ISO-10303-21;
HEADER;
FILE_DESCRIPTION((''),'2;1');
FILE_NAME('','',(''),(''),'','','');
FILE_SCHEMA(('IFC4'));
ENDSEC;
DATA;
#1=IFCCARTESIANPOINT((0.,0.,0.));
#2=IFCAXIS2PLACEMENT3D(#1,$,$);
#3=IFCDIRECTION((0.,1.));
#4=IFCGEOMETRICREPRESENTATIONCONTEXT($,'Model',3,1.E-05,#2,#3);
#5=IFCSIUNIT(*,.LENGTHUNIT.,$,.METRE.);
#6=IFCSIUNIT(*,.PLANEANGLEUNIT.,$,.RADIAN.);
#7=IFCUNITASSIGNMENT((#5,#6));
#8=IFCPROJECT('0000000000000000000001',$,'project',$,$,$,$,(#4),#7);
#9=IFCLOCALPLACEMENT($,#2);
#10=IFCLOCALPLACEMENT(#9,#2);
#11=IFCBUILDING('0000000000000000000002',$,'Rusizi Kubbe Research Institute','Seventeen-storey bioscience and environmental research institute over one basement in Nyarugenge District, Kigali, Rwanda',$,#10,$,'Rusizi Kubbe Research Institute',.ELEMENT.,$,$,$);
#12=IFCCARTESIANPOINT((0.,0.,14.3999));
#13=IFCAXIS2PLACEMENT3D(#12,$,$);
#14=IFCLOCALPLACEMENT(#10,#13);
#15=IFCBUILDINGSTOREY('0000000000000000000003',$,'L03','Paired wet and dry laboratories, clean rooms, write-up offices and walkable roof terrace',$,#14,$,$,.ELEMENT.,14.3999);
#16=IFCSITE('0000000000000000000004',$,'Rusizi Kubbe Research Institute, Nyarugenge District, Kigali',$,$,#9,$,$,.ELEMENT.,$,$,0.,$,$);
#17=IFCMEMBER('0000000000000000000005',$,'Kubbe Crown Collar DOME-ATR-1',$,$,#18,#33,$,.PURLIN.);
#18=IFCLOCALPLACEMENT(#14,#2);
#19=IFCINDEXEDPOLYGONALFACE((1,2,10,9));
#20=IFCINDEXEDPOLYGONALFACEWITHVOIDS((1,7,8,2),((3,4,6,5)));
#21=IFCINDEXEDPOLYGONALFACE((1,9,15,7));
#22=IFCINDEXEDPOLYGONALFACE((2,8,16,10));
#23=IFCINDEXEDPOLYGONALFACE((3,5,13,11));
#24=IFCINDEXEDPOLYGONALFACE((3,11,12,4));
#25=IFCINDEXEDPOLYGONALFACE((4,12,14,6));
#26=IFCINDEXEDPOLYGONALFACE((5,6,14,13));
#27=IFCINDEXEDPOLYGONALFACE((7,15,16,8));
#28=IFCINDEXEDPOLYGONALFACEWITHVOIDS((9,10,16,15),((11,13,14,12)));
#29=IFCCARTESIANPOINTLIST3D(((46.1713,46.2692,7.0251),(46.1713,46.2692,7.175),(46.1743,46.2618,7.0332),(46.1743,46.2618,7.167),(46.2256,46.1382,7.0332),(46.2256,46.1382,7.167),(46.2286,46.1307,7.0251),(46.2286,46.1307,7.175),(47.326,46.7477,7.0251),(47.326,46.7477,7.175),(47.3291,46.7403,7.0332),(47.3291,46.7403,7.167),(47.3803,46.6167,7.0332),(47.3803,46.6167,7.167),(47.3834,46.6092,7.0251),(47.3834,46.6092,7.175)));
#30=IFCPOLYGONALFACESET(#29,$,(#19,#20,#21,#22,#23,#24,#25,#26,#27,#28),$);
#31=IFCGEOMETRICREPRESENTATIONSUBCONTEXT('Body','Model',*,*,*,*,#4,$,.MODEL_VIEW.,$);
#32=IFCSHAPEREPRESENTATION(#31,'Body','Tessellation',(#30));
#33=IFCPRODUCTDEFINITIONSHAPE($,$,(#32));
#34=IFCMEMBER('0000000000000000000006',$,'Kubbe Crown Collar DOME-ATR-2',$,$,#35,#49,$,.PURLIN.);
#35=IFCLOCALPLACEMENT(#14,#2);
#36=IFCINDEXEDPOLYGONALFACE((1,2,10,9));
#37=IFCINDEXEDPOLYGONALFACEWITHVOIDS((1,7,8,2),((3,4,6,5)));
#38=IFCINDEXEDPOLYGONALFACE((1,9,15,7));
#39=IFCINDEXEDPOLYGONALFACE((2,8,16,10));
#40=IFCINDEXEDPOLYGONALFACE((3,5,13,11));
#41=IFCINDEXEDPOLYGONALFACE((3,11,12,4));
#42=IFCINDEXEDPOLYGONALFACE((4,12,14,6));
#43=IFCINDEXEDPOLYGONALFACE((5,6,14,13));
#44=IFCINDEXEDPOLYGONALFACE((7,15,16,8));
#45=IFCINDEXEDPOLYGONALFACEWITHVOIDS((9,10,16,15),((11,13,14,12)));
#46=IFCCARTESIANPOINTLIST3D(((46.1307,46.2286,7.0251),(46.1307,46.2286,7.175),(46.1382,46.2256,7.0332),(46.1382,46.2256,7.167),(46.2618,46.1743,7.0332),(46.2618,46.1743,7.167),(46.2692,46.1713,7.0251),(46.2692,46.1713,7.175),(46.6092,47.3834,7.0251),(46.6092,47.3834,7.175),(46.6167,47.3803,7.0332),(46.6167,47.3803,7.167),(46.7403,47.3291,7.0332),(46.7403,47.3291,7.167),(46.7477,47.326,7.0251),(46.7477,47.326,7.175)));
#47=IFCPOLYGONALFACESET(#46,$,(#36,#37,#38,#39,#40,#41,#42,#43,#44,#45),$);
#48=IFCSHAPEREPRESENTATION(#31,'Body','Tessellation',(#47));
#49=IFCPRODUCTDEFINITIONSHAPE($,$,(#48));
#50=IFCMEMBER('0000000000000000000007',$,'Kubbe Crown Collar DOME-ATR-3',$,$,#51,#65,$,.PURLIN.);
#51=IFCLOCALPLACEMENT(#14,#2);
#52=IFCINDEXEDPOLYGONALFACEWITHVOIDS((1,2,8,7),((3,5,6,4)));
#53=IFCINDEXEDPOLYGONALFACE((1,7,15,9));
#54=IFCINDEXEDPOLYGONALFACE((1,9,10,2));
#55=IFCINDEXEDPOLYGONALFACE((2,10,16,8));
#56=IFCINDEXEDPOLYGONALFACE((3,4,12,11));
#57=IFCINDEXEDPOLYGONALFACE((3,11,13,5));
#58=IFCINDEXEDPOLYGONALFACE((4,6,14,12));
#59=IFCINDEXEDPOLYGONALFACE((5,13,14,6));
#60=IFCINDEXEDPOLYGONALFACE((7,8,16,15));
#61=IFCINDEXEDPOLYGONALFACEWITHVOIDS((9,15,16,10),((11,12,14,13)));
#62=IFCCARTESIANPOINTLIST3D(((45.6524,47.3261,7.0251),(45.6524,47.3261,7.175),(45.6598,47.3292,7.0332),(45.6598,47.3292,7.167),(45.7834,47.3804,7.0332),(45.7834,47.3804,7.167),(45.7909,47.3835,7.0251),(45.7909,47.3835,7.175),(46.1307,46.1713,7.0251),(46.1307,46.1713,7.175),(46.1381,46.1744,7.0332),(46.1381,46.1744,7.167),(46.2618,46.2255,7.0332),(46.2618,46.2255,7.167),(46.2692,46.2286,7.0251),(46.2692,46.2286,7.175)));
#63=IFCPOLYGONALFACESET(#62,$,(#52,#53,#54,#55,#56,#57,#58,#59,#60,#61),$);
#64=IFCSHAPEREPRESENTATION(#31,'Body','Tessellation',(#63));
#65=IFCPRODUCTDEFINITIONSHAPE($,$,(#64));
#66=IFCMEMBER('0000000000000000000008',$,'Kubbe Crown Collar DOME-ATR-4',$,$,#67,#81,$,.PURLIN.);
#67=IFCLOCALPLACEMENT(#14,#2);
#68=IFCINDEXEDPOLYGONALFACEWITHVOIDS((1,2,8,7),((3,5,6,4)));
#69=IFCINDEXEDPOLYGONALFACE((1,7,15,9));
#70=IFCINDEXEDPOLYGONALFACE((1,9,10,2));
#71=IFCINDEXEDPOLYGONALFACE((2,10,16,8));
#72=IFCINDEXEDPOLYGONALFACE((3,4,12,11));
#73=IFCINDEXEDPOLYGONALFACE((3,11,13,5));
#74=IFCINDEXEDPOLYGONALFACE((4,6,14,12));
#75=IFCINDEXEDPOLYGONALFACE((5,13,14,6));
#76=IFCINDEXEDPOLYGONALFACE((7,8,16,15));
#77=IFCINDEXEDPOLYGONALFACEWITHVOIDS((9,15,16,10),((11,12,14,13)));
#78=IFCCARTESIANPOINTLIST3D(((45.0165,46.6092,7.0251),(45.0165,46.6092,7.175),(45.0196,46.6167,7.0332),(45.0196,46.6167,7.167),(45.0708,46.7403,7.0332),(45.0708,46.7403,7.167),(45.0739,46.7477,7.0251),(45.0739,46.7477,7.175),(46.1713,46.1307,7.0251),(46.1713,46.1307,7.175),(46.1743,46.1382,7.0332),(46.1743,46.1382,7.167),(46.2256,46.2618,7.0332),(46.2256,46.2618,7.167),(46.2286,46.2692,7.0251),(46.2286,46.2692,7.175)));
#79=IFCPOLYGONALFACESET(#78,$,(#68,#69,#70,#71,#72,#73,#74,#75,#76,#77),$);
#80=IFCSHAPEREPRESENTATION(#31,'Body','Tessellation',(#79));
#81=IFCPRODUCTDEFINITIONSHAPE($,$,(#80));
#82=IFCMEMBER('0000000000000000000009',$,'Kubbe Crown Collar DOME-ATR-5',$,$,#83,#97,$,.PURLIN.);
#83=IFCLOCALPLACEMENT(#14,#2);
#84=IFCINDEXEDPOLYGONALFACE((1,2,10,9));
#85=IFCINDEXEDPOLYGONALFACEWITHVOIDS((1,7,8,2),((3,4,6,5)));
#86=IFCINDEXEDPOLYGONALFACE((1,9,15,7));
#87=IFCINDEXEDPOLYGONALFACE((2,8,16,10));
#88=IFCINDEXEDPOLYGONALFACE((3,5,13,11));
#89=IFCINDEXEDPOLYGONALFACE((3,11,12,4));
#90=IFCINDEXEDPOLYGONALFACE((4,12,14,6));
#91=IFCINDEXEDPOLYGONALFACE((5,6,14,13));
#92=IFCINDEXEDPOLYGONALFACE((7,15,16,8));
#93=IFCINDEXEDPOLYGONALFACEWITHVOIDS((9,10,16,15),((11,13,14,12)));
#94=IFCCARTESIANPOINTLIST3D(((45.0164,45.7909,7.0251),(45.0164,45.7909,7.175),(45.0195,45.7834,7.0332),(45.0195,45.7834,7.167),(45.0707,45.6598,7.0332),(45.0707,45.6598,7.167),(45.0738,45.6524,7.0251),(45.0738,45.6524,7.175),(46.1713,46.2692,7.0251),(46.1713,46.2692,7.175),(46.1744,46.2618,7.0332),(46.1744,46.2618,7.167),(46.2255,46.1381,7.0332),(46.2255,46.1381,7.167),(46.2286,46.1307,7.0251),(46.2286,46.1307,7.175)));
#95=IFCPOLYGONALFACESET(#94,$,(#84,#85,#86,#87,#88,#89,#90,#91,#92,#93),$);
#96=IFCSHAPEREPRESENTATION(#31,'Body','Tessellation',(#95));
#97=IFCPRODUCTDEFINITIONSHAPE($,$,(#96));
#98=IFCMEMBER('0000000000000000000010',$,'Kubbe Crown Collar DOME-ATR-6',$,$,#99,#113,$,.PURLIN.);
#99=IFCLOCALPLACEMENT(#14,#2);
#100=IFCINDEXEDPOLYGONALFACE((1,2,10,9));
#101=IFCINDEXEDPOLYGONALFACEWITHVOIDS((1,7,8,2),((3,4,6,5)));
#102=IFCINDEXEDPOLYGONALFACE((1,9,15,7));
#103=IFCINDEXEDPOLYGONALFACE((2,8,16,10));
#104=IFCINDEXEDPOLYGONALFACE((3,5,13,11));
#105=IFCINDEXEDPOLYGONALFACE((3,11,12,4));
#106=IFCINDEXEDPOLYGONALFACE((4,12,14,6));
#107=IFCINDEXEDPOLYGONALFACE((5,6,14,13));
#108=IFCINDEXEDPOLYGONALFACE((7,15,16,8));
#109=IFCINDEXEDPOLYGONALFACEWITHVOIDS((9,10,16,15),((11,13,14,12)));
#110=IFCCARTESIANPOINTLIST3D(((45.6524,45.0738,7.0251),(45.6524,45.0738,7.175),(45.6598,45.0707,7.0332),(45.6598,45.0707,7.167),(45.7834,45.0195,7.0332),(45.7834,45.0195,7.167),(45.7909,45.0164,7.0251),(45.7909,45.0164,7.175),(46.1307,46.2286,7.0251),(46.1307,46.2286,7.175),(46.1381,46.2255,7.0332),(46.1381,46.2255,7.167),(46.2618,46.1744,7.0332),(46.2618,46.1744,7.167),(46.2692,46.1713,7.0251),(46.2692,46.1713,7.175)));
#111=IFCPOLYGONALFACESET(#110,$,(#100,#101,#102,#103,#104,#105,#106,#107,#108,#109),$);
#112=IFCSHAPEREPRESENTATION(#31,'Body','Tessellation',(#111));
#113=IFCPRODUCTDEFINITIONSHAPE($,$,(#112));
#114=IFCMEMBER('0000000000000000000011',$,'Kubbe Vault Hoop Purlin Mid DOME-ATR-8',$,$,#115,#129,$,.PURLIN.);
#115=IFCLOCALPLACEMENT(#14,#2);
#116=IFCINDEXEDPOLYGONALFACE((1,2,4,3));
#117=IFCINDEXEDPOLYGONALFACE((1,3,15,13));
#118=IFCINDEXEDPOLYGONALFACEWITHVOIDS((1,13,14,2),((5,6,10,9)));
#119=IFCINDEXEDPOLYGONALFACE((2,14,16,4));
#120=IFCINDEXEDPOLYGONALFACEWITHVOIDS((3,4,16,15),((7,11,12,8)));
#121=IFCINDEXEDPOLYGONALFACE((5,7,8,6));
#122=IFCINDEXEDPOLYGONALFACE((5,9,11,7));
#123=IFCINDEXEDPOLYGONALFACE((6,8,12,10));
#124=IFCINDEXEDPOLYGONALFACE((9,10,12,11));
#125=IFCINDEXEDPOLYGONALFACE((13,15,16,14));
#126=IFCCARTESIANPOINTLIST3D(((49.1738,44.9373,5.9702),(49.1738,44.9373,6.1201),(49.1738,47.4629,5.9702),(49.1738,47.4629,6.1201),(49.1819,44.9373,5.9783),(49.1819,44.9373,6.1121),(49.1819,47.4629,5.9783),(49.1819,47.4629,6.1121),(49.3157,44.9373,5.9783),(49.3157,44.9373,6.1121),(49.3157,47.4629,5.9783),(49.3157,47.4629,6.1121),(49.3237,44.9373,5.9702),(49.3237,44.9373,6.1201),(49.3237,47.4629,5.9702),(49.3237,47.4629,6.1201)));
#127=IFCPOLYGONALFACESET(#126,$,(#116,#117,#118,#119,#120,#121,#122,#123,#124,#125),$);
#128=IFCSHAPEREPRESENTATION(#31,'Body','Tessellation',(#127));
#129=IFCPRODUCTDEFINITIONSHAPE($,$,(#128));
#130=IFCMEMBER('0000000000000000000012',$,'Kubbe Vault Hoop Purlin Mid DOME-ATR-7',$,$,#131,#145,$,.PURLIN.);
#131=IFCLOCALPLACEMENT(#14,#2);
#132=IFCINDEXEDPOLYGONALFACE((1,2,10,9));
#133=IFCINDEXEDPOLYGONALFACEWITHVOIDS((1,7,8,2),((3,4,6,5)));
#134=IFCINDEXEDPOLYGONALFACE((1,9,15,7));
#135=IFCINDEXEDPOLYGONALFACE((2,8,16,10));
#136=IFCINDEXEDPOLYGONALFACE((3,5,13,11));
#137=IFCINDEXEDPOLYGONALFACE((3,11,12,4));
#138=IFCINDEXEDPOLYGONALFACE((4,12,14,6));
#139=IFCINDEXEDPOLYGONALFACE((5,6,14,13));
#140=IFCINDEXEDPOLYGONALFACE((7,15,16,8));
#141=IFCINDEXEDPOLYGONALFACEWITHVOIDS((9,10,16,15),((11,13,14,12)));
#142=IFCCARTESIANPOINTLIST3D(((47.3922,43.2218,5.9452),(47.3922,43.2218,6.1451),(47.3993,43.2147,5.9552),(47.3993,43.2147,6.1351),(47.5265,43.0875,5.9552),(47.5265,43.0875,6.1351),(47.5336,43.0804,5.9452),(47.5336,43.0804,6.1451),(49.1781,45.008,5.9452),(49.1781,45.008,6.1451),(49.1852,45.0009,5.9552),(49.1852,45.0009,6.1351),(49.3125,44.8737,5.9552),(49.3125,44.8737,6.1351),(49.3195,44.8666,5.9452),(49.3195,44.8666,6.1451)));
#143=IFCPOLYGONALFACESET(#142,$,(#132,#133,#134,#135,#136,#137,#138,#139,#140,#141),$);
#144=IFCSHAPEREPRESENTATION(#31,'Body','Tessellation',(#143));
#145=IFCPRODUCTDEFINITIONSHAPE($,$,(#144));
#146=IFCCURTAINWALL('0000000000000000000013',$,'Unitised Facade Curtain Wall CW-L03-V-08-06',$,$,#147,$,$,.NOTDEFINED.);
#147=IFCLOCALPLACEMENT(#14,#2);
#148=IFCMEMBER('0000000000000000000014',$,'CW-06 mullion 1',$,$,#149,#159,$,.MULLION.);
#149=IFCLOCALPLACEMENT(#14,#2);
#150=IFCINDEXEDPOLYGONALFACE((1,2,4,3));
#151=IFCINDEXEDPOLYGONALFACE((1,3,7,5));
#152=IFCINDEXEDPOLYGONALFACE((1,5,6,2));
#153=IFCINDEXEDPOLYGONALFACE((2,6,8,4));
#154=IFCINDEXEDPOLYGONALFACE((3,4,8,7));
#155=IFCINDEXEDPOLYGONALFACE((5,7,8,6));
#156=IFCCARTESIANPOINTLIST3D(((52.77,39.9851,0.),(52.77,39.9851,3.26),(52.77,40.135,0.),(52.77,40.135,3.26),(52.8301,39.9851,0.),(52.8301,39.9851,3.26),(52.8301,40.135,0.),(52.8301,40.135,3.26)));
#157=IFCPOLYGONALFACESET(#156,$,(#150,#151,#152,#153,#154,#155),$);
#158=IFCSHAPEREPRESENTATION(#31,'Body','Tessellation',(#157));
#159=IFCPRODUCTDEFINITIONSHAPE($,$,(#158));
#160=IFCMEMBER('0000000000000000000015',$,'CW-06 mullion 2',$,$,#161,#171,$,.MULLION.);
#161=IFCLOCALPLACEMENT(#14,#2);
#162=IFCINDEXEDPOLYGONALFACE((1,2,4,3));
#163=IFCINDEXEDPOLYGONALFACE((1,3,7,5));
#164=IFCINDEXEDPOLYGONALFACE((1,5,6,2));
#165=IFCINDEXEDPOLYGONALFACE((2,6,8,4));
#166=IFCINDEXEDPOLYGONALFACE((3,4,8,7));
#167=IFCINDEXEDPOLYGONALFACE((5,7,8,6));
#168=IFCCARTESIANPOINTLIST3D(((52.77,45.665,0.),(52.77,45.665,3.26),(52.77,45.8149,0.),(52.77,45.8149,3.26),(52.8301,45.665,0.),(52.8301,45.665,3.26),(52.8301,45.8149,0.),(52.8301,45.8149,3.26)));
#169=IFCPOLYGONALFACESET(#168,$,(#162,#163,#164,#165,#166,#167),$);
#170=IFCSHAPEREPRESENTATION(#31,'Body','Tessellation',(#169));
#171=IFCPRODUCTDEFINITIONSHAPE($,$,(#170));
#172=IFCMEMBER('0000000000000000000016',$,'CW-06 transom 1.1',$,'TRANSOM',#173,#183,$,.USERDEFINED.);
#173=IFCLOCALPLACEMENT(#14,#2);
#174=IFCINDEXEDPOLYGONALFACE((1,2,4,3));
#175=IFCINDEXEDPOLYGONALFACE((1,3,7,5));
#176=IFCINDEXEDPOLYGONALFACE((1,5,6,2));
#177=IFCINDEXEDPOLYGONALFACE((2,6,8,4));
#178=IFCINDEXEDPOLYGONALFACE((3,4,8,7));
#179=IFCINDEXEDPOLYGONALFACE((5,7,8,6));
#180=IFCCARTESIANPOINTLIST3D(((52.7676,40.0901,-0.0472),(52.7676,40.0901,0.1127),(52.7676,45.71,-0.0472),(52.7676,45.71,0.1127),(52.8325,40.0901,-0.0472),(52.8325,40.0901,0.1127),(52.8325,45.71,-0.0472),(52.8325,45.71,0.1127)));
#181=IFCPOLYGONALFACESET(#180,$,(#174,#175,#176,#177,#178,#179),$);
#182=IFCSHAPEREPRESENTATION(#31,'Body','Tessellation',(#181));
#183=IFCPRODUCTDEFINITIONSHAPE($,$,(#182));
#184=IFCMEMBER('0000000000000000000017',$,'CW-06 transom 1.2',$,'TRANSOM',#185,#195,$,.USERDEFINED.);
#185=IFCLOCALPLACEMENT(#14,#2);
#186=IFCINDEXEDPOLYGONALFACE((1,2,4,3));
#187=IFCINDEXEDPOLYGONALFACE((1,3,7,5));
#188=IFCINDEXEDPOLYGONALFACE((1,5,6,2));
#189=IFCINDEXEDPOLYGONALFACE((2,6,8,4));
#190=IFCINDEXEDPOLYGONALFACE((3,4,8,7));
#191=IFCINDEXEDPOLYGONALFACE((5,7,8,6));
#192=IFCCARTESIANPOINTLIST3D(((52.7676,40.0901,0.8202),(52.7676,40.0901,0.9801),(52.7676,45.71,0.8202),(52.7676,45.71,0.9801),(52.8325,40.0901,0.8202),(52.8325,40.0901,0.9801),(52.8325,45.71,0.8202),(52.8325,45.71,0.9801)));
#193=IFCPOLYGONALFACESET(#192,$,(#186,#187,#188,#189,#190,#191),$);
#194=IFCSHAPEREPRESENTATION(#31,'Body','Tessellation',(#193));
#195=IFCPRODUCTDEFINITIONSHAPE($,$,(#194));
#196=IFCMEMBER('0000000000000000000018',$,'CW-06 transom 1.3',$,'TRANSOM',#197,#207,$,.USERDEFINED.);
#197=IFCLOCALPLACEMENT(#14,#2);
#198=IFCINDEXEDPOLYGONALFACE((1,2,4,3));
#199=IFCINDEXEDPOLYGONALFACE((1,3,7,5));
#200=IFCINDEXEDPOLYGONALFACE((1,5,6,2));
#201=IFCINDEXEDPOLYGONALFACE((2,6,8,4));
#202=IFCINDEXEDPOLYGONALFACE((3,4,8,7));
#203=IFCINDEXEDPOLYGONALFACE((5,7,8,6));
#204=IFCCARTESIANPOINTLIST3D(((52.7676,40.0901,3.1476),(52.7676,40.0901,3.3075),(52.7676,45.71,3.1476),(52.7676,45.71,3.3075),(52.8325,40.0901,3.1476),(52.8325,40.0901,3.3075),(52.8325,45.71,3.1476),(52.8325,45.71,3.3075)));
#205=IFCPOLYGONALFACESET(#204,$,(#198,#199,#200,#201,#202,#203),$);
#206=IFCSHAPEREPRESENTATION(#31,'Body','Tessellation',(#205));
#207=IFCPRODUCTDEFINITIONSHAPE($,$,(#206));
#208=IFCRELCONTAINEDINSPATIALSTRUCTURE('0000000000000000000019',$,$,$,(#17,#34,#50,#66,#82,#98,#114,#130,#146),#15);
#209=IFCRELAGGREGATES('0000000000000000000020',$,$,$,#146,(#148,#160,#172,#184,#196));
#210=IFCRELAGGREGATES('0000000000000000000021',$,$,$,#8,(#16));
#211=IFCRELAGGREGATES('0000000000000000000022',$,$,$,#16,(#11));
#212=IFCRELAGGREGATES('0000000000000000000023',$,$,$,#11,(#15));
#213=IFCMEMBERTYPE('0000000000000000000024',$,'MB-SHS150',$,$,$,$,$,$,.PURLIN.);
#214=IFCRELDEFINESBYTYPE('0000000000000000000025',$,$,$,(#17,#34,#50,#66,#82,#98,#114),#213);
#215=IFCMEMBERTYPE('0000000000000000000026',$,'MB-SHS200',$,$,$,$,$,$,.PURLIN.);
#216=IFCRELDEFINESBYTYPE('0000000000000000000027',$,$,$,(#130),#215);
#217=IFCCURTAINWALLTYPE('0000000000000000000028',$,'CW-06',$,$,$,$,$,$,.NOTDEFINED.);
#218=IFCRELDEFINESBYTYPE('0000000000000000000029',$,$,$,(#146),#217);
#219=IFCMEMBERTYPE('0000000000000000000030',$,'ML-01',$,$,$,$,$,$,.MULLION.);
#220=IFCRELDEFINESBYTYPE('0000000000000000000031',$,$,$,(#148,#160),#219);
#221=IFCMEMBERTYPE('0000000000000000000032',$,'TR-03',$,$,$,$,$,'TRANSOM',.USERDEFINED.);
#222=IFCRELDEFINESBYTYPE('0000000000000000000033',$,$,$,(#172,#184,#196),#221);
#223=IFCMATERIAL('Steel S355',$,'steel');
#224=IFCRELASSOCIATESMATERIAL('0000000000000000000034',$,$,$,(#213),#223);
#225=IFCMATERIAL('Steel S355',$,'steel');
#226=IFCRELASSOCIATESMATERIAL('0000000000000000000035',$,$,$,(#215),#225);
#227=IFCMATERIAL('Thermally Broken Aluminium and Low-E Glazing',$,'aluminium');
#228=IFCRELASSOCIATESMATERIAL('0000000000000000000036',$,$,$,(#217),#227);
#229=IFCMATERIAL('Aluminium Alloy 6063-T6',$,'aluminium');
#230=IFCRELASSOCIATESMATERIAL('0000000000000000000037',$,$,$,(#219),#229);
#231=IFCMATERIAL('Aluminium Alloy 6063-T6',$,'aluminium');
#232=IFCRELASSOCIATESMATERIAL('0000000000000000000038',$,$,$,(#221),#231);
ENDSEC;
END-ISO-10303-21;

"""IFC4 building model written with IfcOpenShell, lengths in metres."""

from ifc_helpers import new_model, si_unit, direction, frame, origin, origin_2d, place, context, subcontext, project, spatial, rectangle, hollow_rectangle, extrude, material, material_profile, profile_set, type_object, element, aggregate, save


model = new_model("IFC4")

# Units and contexts
model_context = context("Model", 3, precision=1e-05, world=origin(), true_north=direction((0.0, 1.0)))
body_context = subcontext(model_context, "Body", "Model", "MODEL_VIEW")
ifc_project = project(units=[si_unit("LENGTHUNIT", "METRE"), si_unit("PLANEANGLEUNIT", "RADIAN")], contexts=[model_context])

# Site, building, storey
site_placement = place(None, origin())
site = spatial("IfcSite", under=ifc_project, at=site_placement, Name="Rusizi Kubbe Research Institute, Nyarugenge District, Kigali", CompositionType="ELEMENT", RefElevation=0.0)
building_placement = place(site_placement, origin())
building = spatial("IfcBuilding", under=site, at=building_placement, Name="Rusizi Kubbe Research Institute", Description="Seventeen-storey bioscience and environmental research institute over one basement in Nyarugenge District, Kigali, Rwanda", LongName="Rusizi Kubbe Research Institute", CompositionType="ELEMENT")
storey_placement = place(building_placement, frame((0.0, 0.0, 14.3999)))
storey = spatial("IfcBuildingStorey", under=building, at=storey_placement, Name="L03", Description="Paired wet and dry laboratories, clean rooms, write-up offices and walkable roof terrace", CompositionType="ELEMENT", Elevation=14.3999)

# Members
ifc_material_1 = material(Name="Steel S355", Category="steel")
ifc_material_profile_1 = material_profile(ifc_material_1, hollow_rectangle(XDim=0.1499, YDim=0.1499, WallThickness=0.0081, at=origin_2d()), Name="SHS 150x150x8.0")
ifc_profile_set_1 = profile_set([ifc_material_profile_1], Name="Steel S355")
member_type_1 = type_object("IfcMemberType", Name="MB-SHS150", PredefinedType="PURLIN", material=ifc_profile_set_1)
for number, where, z_axis, x_axis, name in (
    (1, (46.2, 46.2, 7.1001), (0.923826, 0.382812, 0.0), (-0.382812, 0.923826, 0.0), "Kubbe Crown Collar DOME-ATR-1"),
    (2, (46.2, 46.2, 7.1001), (0.382812, 0.923826, 0.0), (-0.923826, 0.382812, 0.0), "Kubbe Crown Collar DOME-ATR-2"),
    (3, (46.2, 46.2, 7.1001), (-0.382645, 0.923895, 0.0), (-0.923895, -0.382645, 0.0), "Kubbe Crown Collar DOME-ATR-3"),
    (4, (46.2, 46.2, 7.1001), (-0.923826, 0.382812, 0.0), (-0.382812, -0.923826, 0.0), "Kubbe Crown Collar DOME-ATR-4"),
    (5, (46.2, 46.2, 7.1001), (-0.923895, -0.382645, 0.0), (0.382645, -0.923895, 0.0), "Kubbe Crown Collar DOME-ATR-5"),
    (6, (46.2, 46.2, 7.1001), (-0.382645, -0.923895, 0.0), (0.923895, -0.382645, 0.0), "Kubbe Crown Collar DOME-ATR-6"),
):
    element("IfcMember", number, at=place(storey_placement, frame(where, z_axis=z_axis, x_axis=x_axis)), inside=storey, type_object=member_type_1, Name=name, PredefinedType="PURLIN", context=body_context, shape_type="SweptSolid", body=[
        extrude(hollow_rectangle(XDim=0.1499, YDim=0.1499, WallThickness=0.0081, at=origin_2d()), origin(), (0.0, 0.0, 1.0), 1.25),
    ])
member_1_placement = place(storey_placement, frame((49.2488, 44.9373, 6.0452), z_axis=(0.0, 1.0, 0.0), x_axis=(-1.0, 0.0, 0.0)))
element("IfcMember", 7, at=member_1_placement, inside=storey, type_object=member_type_1, Name="Kubbe Vault Hoop Purlin Mid DOME-ATR-8", PredefinedType="PURLIN", context=body_context, shape_type="SweptSolid", body=[
    extrude(hollow_rectangle(XDim=0.1499, YDim=0.1499, WallThickness=0.0081, at=origin_2d()), origin(), (0.0, 0.0, 1.0), 2.5256),
])
ifc_material_2 = material(Name="Steel S355", Category="steel")
ifc_material_profile_2 = material_profile(ifc_material_2, hollow_rectangle(XDim=0.2, YDim=0.2, WallThickness=0.01, at=origin_2d()), Name="SHS 200x200x10.0")
ifc_profile_set_2 = profile_set([ifc_material_profile_2], Name="Steel S355")
member_type_2 = type_object("IfcMemberType", Name="MB-SHS200", PredefinedType="PURLIN", material=ifc_profile_set_2)
member_2_placement = place(storey_placement, frame((47.4629, 43.1511, 6.0452), z_axis=(0.707058, 0.707155, 0.0), x_axis=(-0.707155, 0.707058, 0.0)))
element("IfcMember", 8, at=member_2_placement, inside=storey, type_object=member_type_2, Name="Kubbe Vault Hoop Purlin Mid DOME-ATR-7", PredefinedType="PURLIN", context=body_context, shape_type="SweptSolid", body=[
    extrude(hollow_rectangle(XDim=0.2, YDim=0.2, WallThickness=0.01, at=origin_2d()), origin(), (0.0, 0.0, 1.0), 2.5259),
])

# Curtain wall, members
ifc_material_3 = material(Name="Thermally Broken Aluminium and Low-E Glazing", Category="aluminium")
curtain_wall_type = type_object("IfcCurtainWallType", Name="CW-06", PredefinedType="NOTDEFINED", material=ifc_material_3)
curtain_wall_placement = place(storey_placement, origin())
curtain_wall = element("IfcCurtainWall", 9, at=curtain_wall_placement, inside=storey, type_object=curtain_wall_type, Name="Unitised Facade Curtain Wall CW-L03-V-08-06", PredefinedType="NOTDEFINED")
ifc_material_4 = material(Name="Aluminium Alloy 6063-T6", Category="aluminium")
ifc_material_profile_3 = material_profile(ifc_material_4, rectangle(XDim=0.0601, YDim=0.1499, at=origin_2d()), Name="ALU-M 60x150")
ifc_profile_set_3 = profile_set([ifc_material_profile_3], Name="Aluminium Alloy 6063-T6")
member_type_3 = type_object("IfcMemberType", Name="ML-01", PredefinedType="MULLION", material=ifc_profile_set_3)
member_3_placement = place(storey_placement, frame((52.8, 40.0601, 0.0), z_axis=(0.0, 0.0, 1.0), x_axis=(-1.0, 0.0, 0.0)))
member_3 = element("IfcMember", 10, at=member_3_placement, type_object=member_type_3, Name="CW-06 mullion 1", PredefinedType="MULLION", context=body_context, shape_type="SweptSolid", body=[
    extrude(rectangle(XDim=0.0601, YDim=0.1499, at=origin_2d()), origin(), (0.0, 0.0, 1.0), 3.26),
])
member_4_placement = place(storey_placement, frame((52.8, 45.74, 0.0), z_axis=(0.0, 0.0, 1.0), x_axis=(-1.0, 0.0, 0.0)))
member_4 = element("IfcMember", 11, at=member_4_placement, type_object=member_type_3, Name="CW-06 mullion 2", PredefinedType="MULLION", context=body_context, shape_type="SweptSolid", body=[
    extrude(rectangle(XDim=0.0601, YDim=0.1499, at=origin_2d()), origin(), (0.0, 0.0, 1.0), 3.26),
])
ifc_material_5 = material(Name="Aluminium Alloy 6063-T6", Category="aluminium")
ifc_material_profile_4 = material_profile(ifc_material_5, rectangle(XDim=0.0649, YDim=0.1599, at=origin_2d()), Name="ALU-T 65x160")
ifc_profile_set_4 = profile_set([ifc_material_profile_4], Name="Aluminium Alloy 6063-T6")
member_type_4 = type_object("IfcMemberType", Name="TR-03", ElementType="TRANSOM", PredefinedType="USERDEFINED", material=ifc_profile_set_4)
member_5_placement = place(storey_placement, frame((52.8, 40.0901, 0.0327), z_axis=(0.0, 1.0, 0.0), x_axis=(-1.0, 0.0, 0.0)))
member_5 = element("IfcMember", 12, at=member_5_placement, type_object=member_type_4, Name="CW-06 transom 1.1", ObjectType="TRANSOM", PredefinedType="USERDEFINED", context=body_context, shape_type="SweptSolid", body=[
    extrude(rectangle(XDim=0.0649, YDim=0.1599, at=origin_2d()), origin(), (0.0, 0.0, 1.0), 5.6199),
])
member_6_placement = place(storey_placement, frame((52.8, 40.0901, 0.9001), z_axis=(0.0, 1.0, 0.0), x_axis=(-1.0, 0.0, 0.0)))
member_6 = element("IfcMember", 13, at=member_6_placement, type_object=member_type_4, Name="CW-06 transom 1.2", ObjectType="TRANSOM", PredefinedType="USERDEFINED", context=body_context, shape_type="SweptSolid", body=[
    extrude(rectangle(XDim=0.0649, YDim=0.1599, at=origin_2d()), origin(), (0.0, 0.0, 1.0), 5.6199),
])
member_7_placement = place(storey_placement, frame((52.8, 40.0901, 3.2275), z_axis=(0.0, 1.0, 0.0), x_axis=(-1.0, 0.0, 0.0)))
member_7 = element("IfcMember", 14, at=member_7_placement, type_object=member_type_4, Name="CW-06 transom 1.3", ObjectType="TRANSOM", PredefinedType="USERDEFINED", context=body_context, shape_type="SweptSolid", body=[
    extrude(rectangle(XDim=0.0649, YDim=0.1599, at=origin_2d()), origin(), (0.0, 0.0, 1.0), 5.6199),
])
aggregate(curtain_wall, [member_3, member_4, member_5, member_6, member_7])

save(model, "model.ifc")
